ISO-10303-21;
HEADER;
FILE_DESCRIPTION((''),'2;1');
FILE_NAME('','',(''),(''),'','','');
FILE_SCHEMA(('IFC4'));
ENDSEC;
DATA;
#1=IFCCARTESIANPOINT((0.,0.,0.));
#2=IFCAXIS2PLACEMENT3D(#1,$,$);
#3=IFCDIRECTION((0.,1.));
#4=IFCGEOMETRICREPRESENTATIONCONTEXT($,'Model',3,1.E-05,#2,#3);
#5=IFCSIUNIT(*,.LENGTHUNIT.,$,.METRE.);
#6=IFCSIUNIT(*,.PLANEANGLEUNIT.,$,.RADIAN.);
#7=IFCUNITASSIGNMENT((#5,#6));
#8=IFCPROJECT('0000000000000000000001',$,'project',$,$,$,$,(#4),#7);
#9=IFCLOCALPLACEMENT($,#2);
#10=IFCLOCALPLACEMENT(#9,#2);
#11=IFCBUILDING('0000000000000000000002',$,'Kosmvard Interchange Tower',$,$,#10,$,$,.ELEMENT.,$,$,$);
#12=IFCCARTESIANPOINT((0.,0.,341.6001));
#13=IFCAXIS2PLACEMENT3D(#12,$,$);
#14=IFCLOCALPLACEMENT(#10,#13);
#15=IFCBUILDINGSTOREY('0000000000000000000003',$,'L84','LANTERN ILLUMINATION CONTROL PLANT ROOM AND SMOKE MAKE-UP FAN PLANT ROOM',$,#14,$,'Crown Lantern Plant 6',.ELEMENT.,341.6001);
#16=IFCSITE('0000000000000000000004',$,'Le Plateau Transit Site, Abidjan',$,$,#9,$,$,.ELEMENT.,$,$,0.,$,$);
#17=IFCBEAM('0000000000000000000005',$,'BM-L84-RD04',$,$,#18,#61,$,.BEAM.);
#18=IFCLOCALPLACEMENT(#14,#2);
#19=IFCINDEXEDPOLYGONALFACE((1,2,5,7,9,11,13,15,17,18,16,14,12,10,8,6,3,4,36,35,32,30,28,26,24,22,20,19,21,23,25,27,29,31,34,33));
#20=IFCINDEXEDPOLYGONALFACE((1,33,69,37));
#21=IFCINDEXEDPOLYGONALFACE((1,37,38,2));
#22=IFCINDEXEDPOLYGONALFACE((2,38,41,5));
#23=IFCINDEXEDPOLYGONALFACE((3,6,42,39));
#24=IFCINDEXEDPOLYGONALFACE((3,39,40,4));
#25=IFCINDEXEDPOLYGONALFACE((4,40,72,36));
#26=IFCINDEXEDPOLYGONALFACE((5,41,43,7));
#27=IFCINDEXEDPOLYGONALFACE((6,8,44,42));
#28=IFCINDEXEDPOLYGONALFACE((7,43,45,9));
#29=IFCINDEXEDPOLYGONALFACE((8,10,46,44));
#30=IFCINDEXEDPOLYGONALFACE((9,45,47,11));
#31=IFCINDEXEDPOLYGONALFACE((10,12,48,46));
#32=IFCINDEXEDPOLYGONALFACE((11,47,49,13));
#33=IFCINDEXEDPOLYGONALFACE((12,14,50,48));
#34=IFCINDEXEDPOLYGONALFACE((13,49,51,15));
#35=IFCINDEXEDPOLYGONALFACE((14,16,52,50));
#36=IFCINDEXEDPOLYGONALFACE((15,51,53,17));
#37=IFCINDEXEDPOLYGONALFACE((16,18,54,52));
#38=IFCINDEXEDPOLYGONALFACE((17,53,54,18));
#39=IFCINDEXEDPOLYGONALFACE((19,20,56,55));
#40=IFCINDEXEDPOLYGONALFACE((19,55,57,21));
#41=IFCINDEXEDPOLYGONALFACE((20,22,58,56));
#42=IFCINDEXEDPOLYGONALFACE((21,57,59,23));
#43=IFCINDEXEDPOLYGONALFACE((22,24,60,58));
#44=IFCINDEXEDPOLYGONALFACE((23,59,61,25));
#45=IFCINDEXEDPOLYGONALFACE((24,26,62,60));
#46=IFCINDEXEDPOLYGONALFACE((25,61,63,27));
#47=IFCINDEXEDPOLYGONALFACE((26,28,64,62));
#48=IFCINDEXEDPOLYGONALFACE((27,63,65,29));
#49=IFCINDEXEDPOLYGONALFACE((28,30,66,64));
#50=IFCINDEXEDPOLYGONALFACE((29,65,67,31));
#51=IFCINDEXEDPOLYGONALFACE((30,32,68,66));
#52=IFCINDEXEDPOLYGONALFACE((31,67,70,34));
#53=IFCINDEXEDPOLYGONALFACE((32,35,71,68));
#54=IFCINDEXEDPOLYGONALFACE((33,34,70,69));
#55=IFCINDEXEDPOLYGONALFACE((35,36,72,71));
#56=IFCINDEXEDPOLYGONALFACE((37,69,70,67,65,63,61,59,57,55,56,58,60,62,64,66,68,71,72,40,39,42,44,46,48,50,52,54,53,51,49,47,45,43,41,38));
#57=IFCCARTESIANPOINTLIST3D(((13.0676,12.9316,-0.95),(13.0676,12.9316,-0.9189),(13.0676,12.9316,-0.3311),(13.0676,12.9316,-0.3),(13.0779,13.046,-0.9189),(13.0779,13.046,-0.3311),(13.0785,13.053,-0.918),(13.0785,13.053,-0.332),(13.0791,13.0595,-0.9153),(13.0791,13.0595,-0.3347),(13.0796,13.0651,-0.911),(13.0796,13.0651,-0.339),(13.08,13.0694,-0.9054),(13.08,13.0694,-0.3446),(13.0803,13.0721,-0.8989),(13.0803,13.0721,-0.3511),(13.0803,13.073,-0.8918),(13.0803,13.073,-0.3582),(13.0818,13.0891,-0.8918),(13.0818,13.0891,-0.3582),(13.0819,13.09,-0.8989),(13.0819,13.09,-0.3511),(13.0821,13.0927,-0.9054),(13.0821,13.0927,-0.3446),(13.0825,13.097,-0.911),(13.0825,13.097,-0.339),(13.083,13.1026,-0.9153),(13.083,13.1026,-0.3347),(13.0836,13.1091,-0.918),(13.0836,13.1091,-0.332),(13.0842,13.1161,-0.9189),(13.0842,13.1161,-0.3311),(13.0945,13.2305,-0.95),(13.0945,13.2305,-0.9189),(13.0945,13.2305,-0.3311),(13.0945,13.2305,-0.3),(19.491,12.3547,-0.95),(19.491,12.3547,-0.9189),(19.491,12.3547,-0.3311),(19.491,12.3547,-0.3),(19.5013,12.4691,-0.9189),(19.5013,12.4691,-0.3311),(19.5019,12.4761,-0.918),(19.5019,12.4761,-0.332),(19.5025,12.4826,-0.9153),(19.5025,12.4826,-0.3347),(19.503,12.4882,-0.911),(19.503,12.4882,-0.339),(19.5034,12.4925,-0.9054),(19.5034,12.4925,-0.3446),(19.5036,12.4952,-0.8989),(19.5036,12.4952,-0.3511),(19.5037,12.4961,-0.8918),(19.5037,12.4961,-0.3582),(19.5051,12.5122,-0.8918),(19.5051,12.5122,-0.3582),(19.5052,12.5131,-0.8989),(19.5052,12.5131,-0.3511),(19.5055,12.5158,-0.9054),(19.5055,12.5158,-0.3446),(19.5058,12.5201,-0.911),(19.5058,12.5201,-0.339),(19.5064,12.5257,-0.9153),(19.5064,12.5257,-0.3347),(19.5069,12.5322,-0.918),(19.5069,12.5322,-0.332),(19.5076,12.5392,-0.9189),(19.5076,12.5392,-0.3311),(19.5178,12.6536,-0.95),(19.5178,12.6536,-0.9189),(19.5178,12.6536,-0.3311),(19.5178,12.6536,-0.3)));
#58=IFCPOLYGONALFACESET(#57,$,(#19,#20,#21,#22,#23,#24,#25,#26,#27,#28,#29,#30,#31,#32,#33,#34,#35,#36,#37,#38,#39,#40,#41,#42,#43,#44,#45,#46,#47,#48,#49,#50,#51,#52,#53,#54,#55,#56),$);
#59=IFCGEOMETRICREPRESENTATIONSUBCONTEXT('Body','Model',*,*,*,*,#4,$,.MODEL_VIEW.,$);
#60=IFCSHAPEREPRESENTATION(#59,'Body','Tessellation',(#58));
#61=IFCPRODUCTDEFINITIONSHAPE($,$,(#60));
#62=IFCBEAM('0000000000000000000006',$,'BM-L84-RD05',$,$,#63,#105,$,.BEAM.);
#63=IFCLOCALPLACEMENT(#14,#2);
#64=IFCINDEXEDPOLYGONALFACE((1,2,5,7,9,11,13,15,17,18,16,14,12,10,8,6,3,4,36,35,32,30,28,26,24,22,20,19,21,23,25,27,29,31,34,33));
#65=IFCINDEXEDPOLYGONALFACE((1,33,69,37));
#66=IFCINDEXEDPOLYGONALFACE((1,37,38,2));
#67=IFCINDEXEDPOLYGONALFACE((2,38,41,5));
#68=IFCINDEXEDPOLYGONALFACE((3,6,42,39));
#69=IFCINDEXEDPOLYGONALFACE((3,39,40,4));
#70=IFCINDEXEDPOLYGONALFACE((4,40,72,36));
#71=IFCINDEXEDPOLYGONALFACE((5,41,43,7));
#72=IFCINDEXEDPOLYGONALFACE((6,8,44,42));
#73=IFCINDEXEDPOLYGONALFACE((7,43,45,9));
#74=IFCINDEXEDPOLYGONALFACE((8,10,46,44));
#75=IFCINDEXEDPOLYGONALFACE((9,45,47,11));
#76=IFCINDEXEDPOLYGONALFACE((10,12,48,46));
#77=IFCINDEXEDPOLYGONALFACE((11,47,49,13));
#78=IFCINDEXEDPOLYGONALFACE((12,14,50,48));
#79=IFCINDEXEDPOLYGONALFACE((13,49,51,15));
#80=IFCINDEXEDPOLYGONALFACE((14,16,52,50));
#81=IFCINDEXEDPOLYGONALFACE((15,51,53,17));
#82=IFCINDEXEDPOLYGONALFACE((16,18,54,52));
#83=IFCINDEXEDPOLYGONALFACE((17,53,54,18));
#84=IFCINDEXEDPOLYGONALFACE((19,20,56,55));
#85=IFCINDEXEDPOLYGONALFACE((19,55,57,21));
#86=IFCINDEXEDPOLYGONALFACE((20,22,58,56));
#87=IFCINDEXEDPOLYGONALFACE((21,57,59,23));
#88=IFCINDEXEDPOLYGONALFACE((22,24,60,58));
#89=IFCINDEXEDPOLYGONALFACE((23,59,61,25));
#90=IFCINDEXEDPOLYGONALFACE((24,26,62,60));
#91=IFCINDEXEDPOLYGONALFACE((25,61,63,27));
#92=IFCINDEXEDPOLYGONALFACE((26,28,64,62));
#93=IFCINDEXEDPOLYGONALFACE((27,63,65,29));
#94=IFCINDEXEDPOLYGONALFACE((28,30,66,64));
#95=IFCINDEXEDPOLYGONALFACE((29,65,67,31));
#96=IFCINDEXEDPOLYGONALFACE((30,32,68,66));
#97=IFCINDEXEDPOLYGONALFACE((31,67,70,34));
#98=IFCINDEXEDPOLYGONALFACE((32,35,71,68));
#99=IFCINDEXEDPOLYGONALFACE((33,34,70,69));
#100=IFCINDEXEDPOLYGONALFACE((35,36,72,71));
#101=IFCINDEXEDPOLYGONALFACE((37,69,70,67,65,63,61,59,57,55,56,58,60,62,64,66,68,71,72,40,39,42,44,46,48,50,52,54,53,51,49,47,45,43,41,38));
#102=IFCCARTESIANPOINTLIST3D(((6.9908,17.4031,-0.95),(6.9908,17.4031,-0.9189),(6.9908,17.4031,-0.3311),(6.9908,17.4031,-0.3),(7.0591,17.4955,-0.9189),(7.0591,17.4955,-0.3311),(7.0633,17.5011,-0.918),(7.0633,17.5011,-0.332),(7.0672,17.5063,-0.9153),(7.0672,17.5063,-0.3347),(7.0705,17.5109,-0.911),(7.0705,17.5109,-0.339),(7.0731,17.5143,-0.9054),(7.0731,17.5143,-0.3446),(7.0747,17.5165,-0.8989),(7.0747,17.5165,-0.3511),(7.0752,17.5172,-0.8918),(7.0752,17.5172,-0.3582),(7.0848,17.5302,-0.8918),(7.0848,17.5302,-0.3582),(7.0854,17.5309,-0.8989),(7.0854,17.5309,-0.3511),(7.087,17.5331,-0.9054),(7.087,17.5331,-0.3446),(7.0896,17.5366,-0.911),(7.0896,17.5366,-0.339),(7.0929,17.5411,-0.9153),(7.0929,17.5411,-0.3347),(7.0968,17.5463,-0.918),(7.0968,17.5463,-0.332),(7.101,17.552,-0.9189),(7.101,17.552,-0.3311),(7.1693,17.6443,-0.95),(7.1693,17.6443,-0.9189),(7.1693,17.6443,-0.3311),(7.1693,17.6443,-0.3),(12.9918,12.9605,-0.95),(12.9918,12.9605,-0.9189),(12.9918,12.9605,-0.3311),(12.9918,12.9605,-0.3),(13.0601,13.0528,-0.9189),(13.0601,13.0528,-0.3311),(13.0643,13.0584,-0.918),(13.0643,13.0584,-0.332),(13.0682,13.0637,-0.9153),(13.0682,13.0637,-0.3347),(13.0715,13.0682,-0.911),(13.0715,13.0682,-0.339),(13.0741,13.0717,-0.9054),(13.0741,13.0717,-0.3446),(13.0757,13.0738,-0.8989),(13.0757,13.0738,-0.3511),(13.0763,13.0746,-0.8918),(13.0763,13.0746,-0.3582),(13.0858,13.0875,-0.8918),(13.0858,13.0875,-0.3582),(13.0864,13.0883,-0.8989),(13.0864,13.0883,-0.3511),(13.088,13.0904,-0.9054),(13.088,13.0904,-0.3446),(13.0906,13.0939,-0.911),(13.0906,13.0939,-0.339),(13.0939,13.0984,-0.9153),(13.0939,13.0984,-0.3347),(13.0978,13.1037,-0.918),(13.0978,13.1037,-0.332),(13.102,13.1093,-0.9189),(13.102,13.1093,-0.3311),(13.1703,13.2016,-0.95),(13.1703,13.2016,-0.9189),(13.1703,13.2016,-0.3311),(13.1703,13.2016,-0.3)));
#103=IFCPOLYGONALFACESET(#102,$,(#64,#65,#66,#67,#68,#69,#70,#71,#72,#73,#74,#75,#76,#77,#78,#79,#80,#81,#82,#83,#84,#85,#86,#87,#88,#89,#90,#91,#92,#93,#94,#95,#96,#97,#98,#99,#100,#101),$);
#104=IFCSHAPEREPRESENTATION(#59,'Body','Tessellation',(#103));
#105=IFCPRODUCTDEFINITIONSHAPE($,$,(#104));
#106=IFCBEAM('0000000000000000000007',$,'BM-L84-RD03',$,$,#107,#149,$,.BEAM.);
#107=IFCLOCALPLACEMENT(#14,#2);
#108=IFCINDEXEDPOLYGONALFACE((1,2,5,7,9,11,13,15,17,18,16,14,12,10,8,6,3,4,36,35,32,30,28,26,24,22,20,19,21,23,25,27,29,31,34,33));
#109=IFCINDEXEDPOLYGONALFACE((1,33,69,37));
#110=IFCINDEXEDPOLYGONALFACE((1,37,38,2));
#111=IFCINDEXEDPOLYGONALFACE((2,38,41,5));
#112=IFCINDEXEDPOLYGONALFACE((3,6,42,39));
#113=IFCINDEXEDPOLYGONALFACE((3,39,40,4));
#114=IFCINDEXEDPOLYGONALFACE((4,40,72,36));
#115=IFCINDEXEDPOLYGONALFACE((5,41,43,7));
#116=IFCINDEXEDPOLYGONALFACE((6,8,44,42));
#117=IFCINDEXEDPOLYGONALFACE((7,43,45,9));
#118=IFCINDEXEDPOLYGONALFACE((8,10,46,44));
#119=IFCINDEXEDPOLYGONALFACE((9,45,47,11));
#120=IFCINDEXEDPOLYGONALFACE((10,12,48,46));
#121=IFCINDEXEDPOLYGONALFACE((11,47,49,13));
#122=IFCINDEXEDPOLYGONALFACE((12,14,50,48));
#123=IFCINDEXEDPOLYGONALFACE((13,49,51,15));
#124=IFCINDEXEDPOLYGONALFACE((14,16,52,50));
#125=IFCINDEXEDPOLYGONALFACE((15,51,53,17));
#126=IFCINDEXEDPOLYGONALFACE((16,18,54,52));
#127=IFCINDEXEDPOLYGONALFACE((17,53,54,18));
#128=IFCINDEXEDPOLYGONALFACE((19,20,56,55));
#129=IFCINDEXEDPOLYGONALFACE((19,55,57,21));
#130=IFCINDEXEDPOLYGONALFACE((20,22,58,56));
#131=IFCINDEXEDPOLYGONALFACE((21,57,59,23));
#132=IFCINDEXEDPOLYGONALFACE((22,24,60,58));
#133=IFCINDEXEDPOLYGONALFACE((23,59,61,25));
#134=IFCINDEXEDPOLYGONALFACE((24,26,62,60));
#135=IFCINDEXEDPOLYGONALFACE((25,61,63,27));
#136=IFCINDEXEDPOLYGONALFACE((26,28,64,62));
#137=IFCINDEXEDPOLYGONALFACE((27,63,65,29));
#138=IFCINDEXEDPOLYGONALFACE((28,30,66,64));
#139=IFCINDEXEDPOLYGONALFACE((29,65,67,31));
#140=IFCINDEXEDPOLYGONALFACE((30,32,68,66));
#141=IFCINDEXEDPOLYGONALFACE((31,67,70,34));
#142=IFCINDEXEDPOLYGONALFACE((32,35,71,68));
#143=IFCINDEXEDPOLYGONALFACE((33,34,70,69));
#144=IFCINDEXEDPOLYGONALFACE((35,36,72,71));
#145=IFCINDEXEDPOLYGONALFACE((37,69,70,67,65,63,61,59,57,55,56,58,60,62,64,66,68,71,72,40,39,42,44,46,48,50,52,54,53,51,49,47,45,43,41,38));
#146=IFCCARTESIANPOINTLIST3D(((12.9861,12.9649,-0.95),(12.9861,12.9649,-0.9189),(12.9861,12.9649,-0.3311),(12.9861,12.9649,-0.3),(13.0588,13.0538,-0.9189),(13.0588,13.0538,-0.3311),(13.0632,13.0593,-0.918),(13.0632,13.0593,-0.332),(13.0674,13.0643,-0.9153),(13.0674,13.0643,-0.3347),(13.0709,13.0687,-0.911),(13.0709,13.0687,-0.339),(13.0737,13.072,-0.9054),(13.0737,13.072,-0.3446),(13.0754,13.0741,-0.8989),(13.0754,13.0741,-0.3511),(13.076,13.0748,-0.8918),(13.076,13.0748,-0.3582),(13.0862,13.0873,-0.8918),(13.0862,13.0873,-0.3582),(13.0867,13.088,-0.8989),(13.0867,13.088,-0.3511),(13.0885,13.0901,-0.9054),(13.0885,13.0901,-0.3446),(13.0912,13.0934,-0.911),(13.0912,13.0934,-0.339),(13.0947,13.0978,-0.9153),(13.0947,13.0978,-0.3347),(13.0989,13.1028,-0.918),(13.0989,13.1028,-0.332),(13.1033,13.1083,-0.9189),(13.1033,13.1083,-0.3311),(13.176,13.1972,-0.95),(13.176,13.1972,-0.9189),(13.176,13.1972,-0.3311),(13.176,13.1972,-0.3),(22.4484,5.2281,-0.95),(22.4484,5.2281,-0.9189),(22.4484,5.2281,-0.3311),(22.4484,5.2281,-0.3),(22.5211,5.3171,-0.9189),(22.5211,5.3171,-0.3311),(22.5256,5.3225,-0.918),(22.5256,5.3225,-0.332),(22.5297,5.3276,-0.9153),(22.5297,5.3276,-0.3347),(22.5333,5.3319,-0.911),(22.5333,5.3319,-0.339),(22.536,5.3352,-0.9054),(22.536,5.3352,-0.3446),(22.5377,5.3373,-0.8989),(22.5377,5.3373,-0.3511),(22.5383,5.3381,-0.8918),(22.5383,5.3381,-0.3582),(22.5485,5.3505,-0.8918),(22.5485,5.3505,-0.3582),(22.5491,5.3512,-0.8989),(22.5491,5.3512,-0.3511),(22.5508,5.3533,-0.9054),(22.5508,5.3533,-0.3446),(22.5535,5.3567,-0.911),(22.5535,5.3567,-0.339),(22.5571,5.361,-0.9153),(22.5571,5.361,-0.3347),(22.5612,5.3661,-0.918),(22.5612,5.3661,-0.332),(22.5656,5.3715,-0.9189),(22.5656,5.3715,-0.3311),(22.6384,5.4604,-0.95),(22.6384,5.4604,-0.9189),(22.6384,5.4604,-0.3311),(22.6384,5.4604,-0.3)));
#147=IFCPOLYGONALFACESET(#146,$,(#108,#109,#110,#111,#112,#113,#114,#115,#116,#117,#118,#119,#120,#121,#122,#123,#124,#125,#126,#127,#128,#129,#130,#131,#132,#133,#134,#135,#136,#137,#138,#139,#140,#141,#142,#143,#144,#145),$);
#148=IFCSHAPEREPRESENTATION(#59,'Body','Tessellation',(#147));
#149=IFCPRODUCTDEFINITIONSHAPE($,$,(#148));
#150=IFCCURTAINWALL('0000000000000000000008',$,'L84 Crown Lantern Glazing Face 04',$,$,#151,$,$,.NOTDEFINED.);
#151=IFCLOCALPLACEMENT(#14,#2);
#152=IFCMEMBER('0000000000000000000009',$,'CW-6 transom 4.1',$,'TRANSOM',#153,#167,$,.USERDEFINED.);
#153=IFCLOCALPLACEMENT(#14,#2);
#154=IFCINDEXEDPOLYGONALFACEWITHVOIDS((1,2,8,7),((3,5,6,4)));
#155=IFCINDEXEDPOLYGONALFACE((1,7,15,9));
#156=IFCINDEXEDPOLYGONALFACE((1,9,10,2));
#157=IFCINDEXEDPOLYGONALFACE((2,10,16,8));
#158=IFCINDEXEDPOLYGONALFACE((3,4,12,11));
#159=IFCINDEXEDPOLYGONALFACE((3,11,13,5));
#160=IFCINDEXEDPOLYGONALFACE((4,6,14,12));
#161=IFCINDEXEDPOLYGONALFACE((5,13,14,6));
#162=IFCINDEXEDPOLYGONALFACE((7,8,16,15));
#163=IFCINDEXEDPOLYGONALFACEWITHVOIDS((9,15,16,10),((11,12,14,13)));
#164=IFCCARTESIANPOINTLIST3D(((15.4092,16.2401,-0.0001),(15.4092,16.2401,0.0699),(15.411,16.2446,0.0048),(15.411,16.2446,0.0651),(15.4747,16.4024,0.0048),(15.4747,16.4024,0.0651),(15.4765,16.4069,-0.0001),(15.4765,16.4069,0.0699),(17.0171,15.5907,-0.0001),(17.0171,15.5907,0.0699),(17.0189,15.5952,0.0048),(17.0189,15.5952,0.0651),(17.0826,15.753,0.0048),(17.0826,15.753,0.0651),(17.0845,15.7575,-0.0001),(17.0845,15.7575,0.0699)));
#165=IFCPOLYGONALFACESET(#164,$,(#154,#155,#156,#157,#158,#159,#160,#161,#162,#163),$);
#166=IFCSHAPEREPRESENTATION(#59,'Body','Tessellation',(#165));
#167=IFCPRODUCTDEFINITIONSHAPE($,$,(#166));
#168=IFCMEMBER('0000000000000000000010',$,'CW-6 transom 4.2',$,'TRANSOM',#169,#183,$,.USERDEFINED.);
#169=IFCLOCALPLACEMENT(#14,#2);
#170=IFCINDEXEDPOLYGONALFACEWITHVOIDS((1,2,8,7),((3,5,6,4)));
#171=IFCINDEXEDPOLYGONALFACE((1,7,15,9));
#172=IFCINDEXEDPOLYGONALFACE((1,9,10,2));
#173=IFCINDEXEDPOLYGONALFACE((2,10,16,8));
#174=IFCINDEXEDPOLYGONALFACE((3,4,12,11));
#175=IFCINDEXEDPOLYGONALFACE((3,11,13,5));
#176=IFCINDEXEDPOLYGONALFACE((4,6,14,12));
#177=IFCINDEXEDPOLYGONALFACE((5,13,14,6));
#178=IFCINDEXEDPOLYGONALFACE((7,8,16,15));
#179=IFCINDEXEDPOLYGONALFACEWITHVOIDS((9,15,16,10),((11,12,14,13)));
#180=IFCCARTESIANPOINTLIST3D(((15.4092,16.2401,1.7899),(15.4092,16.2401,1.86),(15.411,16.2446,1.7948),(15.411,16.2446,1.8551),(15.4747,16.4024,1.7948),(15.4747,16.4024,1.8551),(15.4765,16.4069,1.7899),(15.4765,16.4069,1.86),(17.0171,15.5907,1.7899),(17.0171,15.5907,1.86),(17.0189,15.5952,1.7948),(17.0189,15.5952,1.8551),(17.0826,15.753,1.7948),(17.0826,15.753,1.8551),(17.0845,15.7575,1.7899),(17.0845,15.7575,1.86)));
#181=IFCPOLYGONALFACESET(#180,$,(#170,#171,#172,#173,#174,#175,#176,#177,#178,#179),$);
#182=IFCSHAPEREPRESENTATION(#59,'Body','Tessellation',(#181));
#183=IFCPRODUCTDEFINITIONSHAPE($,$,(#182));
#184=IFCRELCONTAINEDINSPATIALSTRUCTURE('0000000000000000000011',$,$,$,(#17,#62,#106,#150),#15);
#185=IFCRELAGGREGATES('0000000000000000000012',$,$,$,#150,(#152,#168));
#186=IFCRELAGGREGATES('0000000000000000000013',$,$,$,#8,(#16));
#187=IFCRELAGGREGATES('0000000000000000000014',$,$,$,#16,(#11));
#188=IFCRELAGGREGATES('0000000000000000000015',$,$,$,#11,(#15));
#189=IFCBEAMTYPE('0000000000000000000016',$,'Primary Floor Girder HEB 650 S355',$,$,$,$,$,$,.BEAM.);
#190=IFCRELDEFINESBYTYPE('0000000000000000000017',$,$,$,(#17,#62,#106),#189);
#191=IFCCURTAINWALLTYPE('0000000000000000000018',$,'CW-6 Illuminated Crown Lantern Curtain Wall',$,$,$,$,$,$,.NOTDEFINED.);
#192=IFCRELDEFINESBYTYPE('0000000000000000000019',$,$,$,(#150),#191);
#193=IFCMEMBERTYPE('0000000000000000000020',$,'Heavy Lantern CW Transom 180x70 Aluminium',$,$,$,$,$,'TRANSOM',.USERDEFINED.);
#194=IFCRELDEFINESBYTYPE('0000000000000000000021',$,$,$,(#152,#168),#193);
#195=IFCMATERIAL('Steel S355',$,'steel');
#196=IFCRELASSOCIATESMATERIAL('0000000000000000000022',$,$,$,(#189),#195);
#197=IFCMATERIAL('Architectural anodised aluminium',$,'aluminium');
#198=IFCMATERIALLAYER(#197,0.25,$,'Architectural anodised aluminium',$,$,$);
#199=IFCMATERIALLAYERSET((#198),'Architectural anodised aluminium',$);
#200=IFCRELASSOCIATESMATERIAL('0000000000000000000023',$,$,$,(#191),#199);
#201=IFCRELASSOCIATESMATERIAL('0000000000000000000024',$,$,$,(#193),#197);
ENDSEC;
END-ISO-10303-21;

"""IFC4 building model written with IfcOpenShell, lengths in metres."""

from ifc_helpers import new_model, si_unit, direction, frame, origin, origin_2d, place, context, subcontext, project, spatial, hollow_rectangle, i_section, extrude, source, transform, mapped, material, layer, layer_set, material_profile, profile_set, type_object, element, aggregate, save


model = new_model("IFC4")

# Units and contexts
model_context = context("Model", 3, precision=1e-05, world=origin(), true_north=direction((0.0, 1.0)))
body_context = subcontext(model_context, "Body", "Model", "MODEL_VIEW")
ifc_project = project(units=[si_unit("LENGTHUNIT", "METRE"), si_unit("PLANEANGLEUNIT", "RADIAN")], contexts=[model_context])

# Site, building, storey
site_placement = place(None, origin())
site = spatial("IfcSite", under=ifc_project, at=site_placement, Name="Le Plateau Transit Site, Abidjan", CompositionType="ELEMENT", RefElevation=0.0)
building_placement = place(site_placement, origin())
building = spatial("IfcBuilding", under=site, at=building_placement, Name="Kosmvard Interchange Tower", CompositionType="ELEMENT")
storey_placement = place(building_placement, frame((0.0, 0.0, 341.6001)))
storey = spatial("IfcBuildingStorey", under=building, at=storey_placement, Name="L84", Description="LANTERN ILLUMINATION CONTROL PLANT ROOM AND SMOKE MAKE-UP FAN PLANT ROOM", LongName="Crown Lantern Plant 6", CompositionType="ELEMENT", Elevation=341.6001)

# Beams
ifc_material_1 = material(Name="Steel S355", Category="steel")
ifc_material_profile_1 = material_profile(ifc_material_1, i_section(OverallWidth=0.3, OverallDepth=0.6499, WebThickness=0.0161, FlangeThickness=0.031, FilletRadius=0.0271, at=origin_2d()), Name="HEB 650")
ifc_profile_set_1 = profile_set([ifc_material_profile_1], Name="Steel S355")
beam_type_1 = type_object("IfcBeamType", Name="Primary Floor Girder HEB 650 S355", PredefinedType="BEAM", material=ifc_profile_set_1)
shared_shape_1 = source(origin(), body_context, "Body", "SweptSolid", [
    extrude(i_section(OverallWidth=0.3, OverallDepth=0.6499, WebThickness=0.0161, FlangeThickness=0.031, FilletRadius=0.0271, at=origin_2d()), origin(), (0.0, 0.0, 1.0), 6.4492),
])
beam_1_placement = place(storey_placement, frame((13.0811, 13.0811, -0.625), z_axis=(0.995991, -0.089454, 0.0), x_axis=(0.089454, 0.995991, 0.0)))
element("IfcBeam", 1, at=beam_1_placement, inside=storey, type_object=beam_type_1, Name="BM-L84-RD04", PredefinedType="BEAM", context=body_context, shape_type="MappedRepresentation", body=[
    mapped(shared_shape_1, transform((0.0, 0.0, 0.0), scale=1.0)),
])
shared_shape_2 = source(origin(), body_context, "Body", "SweptSolid", [
    extrude(i_section(OverallWidth=0.3, OverallDepth=0.6499, WebThickness=0.0161, FlangeThickness=0.031, FilletRadius=0.0271, at=origin_2d()), origin(), (0.0, 0.0, 1.0), 7.4666),
])
beam_2_placement = place(storey_placement, frame((13.0811, 13.0811, -0.625), z_axis=(-0.80372, 0.595008, 0.0), x_axis=(-0.595008, -0.80372, 0.0)))
element("IfcBeam", 2, at=beam_2_placement, inside=storey, type_object=beam_type_1, Name="BM-L84-RD05", PredefinedType="BEAM", context=body_context, shape_type="MappedRepresentation", body=[
    mapped(shared_shape_2, transform((0.0, 0.0, 0.0), scale=1.0)),
])
shared_shape_3 = source(origin(), body_context, "Body", "SweptSolid", [
    extrude(i_section(OverallWidth=0.3, OverallDepth=0.6499, WebThickness=0.0161, FlangeThickness=0.031, FilletRadius=0.0271, at=origin_2d()), origin(), (0.0, 0.0, 1.0), 12.2227),
])
beam_3_placement = place(storey_placement, frame((13.0811, 13.0811, -0.625), z_axis=(0.774164, -0.632985, 0.0), x_axis=(0.632985, 0.774164, 0.0)))
element("IfcBeam", 3, at=beam_3_placement, inside=storey, type_object=beam_type_1, Name="BM-L84-RD03", PredefinedType="BEAM", context=body_context, shape_type="MappedRepresentation", body=[
    mapped(shared_shape_3, transform((0.0, 0.0, 0.0), scale=1.0)),
])

# Curtain wall, members
ifc_material_2 = material(Name="Architectural anodised aluminium", Category="aluminium")
ifc_layer_1 = layer(ifc_material_2, 0.25, Name="Architectural anodised aluminium")
ifc_layer_set_1 = layer_set([ifc_layer_1], Name="Architectural anodised aluminium")
curtain_wall_type = type_object("IfcCurtainWallType", Name="CW-6 Illuminated Crown Lantern Curtain Wall", PredefinedType="NOTDEFINED", material=ifc_layer_set_1)
curtain_wall_placement = place(storey_placement, origin())
curtain_wall = element("IfcCurtainWall", 4, at=curtain_wall_placement, inside=storey, type_object=curtain_wall_type, Name="L84 Crown Lantern Glazing Face 04", PredefinedType="NOTDEFINED")
ifc_material_profile_2 = material_profile(ifc_material_2, hollow_rectangle(XDim=0.1799, YDim=0.0701, WallThickness=0.0049, at=origin_2d()), Name="CWT 180x70x5")
ifc_profile_set_2 = profile_set([ifc_material_profile_2], Name="Architectural anodised aluminium")
member_type = type_object("IfcMemberType", Name="Heavy Lantern CW Transom 180x70 Aluminium", ElementType="TRANSOM", PredefinedType="USERDEFINED", material=ifc_profile_set_2)
shared_shape_4 = source(origin(), body_context, "Body", "SweptSolid", [
    extrude(hollow_rectangle(XDim=0.1799, YDim=0.0701, WallThickness=0.0049, at=origin_2d()), origin(), (0.0, 0.0, 1.0), 1.7341),
])
member_1_placement = place(storey_placement, frame((17.0508, 15.6741, 0.0349), z_axis=(-0.927229, 0.374496, 0.0), x_axis=(-0.374496, -0.927229, 0.0)))
member_1 = element("IfcMember", 5, at=member_1_placement, type_object=member_type, Name="CW-6 transom 4.1", ObjectType="TRANSOM", PredefinedType="USERDEFINED", context=body_context, shape_type="MappedRepresentation", body=[
    mapped(shared_shape_4, transform((0.0, 0.0, 0.0), scale=1.0)),
])
member_2_placement = place(storey_placement, frame((17.0508, 15.6741, 1.825), z_axis=(-0.927229, 0.374496, 0.0), x_axis=(-0.374496, -0.927229, 0.0)))
member_2 = element("IfcMember", 6, at=member_2_placement, type_object=member_type, Name="CW-6 transom 4.2", ObjectType="TRANSOM", PredefinedType="USERDEFINED", context=body_context, shape_type="MappedRepresentation", body=[
    mapped(shared_shape_4, transform((0.0, 0.0, 0.0), scale=1.0)),
])
aggregate(curtain_wall, [member_1, member_2])

save(model, "model.ifc")
